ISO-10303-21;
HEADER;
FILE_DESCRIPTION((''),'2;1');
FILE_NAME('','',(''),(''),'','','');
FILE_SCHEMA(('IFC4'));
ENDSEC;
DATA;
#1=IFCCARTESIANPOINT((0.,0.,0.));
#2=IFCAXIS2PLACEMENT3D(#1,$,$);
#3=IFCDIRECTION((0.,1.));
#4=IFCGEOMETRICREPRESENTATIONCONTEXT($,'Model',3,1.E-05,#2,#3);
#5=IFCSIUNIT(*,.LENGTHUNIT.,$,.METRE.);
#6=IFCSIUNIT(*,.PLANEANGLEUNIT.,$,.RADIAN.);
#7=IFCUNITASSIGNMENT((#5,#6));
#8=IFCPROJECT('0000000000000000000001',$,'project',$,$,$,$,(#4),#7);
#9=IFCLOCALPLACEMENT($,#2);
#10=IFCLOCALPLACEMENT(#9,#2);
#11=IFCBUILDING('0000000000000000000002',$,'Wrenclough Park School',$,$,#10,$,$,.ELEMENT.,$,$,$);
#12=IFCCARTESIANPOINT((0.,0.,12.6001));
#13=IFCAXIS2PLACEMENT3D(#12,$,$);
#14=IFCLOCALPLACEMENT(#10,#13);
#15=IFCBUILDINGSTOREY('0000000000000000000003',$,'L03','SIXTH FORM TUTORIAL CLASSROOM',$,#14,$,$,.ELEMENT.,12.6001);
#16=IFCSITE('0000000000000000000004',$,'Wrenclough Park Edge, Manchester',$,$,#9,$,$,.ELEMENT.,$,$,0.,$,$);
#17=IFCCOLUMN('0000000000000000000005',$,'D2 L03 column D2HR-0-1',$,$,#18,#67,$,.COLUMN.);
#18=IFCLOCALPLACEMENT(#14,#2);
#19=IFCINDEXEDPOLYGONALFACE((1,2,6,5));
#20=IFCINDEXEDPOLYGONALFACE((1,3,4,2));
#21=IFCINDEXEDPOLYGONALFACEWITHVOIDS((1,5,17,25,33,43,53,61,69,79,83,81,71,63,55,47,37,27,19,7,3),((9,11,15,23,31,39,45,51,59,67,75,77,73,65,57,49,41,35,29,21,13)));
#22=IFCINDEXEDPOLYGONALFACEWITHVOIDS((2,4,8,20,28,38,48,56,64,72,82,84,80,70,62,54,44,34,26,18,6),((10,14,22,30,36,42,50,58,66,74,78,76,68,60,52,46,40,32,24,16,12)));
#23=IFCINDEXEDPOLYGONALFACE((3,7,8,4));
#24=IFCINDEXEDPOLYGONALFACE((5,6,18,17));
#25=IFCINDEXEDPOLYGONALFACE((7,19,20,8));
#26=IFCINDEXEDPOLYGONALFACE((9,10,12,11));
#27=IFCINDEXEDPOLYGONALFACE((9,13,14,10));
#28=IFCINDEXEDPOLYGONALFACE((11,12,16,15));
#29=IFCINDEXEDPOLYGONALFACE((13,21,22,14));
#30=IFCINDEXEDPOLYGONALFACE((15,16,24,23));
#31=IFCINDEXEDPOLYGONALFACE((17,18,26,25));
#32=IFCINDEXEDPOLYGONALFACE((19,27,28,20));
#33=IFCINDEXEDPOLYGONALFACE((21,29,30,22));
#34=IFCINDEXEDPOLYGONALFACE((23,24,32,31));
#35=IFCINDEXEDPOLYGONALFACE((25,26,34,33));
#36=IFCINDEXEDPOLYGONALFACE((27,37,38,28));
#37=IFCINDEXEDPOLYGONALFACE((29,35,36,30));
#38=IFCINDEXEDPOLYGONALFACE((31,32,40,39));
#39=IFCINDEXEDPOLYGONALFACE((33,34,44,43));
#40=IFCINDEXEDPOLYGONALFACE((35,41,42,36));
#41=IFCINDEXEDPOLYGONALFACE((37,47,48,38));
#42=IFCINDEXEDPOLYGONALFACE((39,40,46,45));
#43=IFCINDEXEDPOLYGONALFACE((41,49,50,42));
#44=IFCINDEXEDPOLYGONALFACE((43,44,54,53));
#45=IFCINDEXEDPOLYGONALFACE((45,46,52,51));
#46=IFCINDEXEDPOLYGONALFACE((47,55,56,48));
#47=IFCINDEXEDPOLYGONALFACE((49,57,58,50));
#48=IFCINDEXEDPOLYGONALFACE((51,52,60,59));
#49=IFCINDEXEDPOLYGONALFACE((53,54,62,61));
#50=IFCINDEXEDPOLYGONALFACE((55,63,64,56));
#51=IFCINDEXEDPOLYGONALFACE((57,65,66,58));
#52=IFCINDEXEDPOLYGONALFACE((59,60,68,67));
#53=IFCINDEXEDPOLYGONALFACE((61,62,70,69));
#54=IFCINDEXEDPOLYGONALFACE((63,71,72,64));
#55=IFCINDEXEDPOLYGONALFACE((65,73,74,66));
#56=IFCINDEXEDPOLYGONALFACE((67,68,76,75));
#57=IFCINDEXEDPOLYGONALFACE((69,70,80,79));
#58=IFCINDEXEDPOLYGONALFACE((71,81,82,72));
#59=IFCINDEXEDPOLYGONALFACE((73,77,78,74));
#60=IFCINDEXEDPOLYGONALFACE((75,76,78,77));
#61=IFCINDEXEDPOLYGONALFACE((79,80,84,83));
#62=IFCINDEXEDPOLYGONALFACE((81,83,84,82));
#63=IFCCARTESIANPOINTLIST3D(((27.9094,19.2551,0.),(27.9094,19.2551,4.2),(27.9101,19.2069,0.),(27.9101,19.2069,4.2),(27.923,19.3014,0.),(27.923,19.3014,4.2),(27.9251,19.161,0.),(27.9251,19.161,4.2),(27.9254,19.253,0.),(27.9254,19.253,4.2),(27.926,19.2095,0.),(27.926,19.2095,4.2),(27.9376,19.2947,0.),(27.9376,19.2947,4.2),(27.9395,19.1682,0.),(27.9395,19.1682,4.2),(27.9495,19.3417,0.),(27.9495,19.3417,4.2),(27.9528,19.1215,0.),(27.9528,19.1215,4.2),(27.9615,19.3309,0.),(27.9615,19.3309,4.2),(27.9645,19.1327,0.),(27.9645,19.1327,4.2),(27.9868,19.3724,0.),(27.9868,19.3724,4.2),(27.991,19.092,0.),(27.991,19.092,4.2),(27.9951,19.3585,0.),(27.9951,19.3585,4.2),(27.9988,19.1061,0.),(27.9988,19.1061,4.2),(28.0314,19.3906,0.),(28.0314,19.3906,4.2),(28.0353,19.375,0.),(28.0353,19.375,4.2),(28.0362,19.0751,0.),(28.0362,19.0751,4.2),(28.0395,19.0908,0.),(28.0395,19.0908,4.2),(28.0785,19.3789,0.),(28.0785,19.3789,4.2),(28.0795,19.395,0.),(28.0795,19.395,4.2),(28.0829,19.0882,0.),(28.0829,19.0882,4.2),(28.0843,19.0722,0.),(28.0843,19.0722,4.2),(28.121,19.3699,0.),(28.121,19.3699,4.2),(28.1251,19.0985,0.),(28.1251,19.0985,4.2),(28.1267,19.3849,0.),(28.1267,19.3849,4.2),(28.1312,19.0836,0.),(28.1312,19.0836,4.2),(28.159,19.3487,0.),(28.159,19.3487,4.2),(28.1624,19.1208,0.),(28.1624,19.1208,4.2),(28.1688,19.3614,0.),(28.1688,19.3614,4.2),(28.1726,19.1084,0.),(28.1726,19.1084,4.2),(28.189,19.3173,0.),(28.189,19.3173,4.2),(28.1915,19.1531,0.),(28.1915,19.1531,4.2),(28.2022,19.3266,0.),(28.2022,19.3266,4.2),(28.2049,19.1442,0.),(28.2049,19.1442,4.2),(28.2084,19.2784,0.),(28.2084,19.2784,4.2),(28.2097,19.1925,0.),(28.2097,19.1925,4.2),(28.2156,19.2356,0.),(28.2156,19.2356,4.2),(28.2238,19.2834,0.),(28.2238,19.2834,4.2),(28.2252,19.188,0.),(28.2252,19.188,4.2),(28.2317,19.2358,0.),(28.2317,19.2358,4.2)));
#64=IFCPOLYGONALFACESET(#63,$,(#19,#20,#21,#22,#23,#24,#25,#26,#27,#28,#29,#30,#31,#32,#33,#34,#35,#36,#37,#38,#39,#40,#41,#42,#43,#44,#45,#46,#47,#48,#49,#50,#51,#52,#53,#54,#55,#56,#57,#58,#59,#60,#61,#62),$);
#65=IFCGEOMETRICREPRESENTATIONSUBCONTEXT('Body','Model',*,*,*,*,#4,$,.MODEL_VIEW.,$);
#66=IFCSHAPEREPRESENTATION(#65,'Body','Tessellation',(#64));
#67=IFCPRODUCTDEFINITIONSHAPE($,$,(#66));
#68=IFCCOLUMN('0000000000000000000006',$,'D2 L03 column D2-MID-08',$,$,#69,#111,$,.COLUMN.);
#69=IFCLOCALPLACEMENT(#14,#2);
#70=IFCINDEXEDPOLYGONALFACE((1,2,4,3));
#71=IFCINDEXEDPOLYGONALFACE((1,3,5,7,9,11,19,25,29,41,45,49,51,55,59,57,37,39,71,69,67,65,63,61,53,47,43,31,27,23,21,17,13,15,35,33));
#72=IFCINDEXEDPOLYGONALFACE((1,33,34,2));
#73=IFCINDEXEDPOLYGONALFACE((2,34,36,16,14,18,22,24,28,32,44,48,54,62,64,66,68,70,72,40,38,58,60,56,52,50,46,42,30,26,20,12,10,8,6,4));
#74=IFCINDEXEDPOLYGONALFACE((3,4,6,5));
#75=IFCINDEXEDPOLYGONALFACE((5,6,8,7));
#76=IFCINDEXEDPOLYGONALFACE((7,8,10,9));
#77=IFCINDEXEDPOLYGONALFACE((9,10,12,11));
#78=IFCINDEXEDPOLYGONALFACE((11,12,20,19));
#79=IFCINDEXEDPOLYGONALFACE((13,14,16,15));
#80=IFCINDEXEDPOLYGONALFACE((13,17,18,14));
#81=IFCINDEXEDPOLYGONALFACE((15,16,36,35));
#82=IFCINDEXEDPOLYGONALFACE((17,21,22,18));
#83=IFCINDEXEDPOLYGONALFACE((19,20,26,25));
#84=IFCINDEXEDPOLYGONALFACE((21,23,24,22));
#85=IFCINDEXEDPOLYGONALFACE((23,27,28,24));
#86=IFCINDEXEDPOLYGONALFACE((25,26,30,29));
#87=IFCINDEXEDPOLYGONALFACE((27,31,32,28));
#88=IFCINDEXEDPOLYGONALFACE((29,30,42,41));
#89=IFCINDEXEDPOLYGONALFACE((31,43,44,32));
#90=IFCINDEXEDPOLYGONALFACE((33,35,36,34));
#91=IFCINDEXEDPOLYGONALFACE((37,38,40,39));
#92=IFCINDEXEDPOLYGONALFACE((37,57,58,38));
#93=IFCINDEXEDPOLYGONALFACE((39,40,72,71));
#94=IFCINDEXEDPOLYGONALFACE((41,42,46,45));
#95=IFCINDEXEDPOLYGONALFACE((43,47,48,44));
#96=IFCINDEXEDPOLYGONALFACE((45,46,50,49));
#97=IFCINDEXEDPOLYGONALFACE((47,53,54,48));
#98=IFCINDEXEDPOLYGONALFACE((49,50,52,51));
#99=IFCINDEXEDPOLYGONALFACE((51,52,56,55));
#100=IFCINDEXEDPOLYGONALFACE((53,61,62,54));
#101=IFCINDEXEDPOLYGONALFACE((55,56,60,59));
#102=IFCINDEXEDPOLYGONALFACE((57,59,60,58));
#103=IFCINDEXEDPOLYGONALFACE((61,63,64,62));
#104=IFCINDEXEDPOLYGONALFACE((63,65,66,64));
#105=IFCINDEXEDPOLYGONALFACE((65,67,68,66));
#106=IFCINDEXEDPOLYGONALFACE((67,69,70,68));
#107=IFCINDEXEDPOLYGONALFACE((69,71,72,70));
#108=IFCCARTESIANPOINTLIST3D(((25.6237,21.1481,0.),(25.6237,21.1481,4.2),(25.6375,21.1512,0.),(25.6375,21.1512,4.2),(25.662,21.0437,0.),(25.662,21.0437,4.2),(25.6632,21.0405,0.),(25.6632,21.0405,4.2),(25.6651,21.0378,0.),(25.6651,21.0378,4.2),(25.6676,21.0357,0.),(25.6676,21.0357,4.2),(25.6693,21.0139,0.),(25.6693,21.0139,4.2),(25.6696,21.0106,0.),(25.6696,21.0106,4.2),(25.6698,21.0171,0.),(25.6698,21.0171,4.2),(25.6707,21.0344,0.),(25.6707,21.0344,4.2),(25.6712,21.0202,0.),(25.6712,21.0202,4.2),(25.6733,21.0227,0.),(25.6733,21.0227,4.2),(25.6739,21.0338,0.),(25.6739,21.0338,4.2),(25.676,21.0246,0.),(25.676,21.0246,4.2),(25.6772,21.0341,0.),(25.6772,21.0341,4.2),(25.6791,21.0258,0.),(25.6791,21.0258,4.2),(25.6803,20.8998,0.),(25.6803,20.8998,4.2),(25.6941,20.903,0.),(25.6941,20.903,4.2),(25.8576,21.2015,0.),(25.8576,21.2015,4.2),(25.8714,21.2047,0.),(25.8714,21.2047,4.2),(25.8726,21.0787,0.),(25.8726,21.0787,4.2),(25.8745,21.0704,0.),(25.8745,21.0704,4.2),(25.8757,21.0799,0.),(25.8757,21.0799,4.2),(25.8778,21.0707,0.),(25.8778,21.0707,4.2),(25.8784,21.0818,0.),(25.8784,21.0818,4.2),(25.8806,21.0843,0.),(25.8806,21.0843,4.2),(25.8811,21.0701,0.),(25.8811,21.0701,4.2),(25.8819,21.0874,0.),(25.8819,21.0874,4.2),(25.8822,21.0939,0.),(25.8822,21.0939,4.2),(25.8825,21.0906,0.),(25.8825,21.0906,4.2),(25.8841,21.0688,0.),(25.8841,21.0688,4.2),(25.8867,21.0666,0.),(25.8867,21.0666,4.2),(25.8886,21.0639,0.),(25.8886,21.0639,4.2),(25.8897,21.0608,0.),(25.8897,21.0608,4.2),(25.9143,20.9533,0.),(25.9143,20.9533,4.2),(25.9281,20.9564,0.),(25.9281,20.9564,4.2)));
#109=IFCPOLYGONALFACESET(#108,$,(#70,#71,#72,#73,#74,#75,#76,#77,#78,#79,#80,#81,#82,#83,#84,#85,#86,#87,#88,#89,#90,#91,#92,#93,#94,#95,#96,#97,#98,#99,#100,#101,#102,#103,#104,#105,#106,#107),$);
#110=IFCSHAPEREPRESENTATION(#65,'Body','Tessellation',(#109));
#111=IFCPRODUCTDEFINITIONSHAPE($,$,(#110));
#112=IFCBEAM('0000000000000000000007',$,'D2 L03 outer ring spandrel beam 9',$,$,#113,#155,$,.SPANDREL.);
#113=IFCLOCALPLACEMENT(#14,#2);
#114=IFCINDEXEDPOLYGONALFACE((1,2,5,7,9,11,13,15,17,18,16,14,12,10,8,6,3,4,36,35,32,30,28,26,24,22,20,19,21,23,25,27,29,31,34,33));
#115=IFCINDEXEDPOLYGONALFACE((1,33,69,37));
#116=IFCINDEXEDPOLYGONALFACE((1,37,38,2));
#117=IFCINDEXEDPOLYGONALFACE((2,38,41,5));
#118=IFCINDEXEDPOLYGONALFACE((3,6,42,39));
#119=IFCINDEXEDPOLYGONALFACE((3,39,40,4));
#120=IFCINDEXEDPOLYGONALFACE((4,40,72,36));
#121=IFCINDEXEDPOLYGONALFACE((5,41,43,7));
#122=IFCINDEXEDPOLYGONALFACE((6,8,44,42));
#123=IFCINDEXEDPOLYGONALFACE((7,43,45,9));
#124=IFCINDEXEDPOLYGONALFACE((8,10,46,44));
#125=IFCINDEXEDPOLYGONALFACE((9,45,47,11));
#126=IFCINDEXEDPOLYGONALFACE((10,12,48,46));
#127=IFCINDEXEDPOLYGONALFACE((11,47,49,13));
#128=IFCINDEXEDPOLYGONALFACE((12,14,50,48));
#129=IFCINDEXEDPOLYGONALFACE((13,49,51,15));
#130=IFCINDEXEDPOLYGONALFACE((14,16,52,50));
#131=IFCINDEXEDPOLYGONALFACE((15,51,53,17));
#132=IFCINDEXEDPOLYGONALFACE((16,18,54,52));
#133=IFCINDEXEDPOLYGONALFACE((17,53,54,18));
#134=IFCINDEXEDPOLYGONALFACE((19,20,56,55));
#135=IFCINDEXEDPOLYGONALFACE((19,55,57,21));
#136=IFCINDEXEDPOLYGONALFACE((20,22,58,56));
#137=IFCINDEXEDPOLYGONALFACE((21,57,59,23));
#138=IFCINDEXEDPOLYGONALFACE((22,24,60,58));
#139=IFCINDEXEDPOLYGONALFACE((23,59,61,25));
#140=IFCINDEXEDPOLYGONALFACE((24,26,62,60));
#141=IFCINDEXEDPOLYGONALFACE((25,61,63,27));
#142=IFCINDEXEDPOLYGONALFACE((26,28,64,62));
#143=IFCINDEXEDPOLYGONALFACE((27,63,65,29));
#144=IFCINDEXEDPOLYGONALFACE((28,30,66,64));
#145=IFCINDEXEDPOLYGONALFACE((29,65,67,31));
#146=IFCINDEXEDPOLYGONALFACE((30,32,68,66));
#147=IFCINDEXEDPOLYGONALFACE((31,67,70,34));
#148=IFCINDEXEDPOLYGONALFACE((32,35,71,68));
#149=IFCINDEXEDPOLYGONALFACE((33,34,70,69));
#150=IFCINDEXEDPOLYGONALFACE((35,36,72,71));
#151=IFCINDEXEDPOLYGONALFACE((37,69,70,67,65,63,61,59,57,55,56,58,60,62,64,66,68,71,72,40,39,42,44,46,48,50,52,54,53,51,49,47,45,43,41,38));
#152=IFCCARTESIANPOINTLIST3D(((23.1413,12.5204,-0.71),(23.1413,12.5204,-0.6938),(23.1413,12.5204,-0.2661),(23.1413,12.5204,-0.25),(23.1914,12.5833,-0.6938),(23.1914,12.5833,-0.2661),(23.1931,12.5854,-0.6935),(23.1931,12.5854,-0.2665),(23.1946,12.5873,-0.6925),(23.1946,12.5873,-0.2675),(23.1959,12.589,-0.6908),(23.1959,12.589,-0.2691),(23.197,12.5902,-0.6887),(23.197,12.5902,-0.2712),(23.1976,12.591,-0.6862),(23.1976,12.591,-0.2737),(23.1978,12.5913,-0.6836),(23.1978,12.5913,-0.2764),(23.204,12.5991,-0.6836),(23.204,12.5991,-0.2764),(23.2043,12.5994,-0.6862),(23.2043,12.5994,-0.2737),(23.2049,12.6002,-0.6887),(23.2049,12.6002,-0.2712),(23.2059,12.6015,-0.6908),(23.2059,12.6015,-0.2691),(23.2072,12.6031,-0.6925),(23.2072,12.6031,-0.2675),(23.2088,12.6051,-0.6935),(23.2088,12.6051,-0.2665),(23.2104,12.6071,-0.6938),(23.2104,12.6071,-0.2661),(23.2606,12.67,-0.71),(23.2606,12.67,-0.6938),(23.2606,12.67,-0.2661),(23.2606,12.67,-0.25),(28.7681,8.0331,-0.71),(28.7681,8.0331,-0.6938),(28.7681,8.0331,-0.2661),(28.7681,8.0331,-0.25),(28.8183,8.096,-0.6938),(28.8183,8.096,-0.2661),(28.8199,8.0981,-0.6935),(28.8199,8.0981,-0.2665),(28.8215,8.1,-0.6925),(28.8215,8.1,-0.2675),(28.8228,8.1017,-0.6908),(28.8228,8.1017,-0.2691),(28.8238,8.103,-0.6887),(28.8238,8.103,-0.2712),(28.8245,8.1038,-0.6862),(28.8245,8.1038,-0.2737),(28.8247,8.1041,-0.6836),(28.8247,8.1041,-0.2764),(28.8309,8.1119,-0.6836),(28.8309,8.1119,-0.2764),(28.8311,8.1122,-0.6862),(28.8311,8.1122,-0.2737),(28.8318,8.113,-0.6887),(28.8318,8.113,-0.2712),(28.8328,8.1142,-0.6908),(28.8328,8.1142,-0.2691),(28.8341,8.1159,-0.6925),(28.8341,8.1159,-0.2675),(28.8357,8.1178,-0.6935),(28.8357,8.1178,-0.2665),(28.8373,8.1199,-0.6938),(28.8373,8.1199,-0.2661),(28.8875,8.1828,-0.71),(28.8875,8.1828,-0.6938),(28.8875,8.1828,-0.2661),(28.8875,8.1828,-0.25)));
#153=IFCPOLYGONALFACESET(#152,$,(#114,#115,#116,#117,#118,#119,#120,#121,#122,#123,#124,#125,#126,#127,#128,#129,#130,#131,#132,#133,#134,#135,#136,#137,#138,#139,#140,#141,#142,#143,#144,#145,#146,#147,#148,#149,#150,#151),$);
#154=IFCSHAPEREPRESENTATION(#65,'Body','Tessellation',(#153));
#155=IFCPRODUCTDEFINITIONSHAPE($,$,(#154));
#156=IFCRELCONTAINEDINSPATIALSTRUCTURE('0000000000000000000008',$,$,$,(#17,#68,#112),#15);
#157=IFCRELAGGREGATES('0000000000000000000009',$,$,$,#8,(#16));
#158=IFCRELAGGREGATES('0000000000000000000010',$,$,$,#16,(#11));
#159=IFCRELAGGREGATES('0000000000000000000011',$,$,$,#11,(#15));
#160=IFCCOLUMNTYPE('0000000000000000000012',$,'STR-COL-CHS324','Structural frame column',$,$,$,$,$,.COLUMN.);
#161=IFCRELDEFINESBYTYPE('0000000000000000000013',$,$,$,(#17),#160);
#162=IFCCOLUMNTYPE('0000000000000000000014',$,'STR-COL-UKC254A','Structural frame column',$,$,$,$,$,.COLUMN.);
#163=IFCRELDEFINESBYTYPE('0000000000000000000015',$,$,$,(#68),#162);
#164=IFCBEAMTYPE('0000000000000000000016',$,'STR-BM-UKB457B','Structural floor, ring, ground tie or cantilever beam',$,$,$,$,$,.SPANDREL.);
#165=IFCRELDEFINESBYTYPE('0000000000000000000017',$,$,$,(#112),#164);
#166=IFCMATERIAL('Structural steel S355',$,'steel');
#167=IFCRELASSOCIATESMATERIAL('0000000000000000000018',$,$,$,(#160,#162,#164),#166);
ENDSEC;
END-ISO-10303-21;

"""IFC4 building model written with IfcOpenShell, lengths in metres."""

from ifc_helpers import new_model, si_unit, direction, frame, origin, origin_2d, place, context, subcontext, project, spatial, hollow_circle, i_section, extrude, material, material_profile, profile_set, type_object, element, save


model = new_model("IFC4")

# Units and contexts
model_context = context("Model", 3, precision=1e-05, world=origin(), true_north=direction((0.0, 1.0)))
body_context = subcontext(model_context, "Body", "Model", "MODEL_VIEW")
ifc_project = project(units=[si_unit("LENGTHUNIT", "METRE"), si_unit("PLANEANGLEUNIT", "RADIAN")], contexts=[model_context])

# Site, building, storey
site_placement = place(None, origin())
site = spatial("IfcSite", under=ifc_project, at=site_placement, Name="Wrenclough Park Edge, Manchester", CompositionType="ELEMENT", RefElevation=0.0)
building_placement = place(site_placement, origin())
building = spatial("IfcBuilding", under=site, at=building_placement, Name="Wrenclough Park School", CompositionType="ELEMENT")
storey_placement = place(building_placement, frame((0.0, 0.0, 12.6001)))
storey = spatial("IfcBuildingStorey", under=building, at=storey_placement, Name="L03", Description="SIXTH FORM TUTORIAL CLASSROOM", CompositionType="ELEMENT", Elevation=12.6001)

# Columns
ifc_material_1 = material(Name="Structural steel S355", Category="steel")
ifc_material_profile_1 = material_profile(ifc_material_1, hollow_circle(Radius=0.1619, WallThickness=0.0161, at=origin_2d()), Name="CHS 323.9x16.0")
ifc_profile_set_1 = profile_set([ifc_material_profile_1], Name="Structural steel S355")
column_type_1 = type_object("IfcColumnType", Name="STR-COL-CHS324", Description="Structural frame column", PredefinedType="COLUMN", material=ifc_profile_set_1)
column_1_placement = place(storey_placement, frame((28.0698, 19.2334, 0.0), z_axis=(0.0, 0.0, 1.0), x_axis=(0.951057, 0.309017, 0.0)))
element("IfcColumn", 1, at=column_1_placement, inside=storey, type_object=column_type_1, Name="D2 L03 column D2HR-0-1", PredefinedType="COLUMN", context=body_context, shape_type="SweptSolid", body=[
    extrude(hollow_circle(Radius=0.1619, WallThickness=0.0161, at=origin_2d()), origin(), (0.0, 0.0, 1.0), 4.2),
])
ifc_material_profile_2 = material_profile(ifc_material_1, i_section(OverallWidth=0.2546, OverallDepth=0.2542, WebThickness=0.0085, FlangeThickness=0.0142, FilletRadius=0.0127, at=origin_2d()), Name="UKC 254x254x73")
ifc_profile_set_2 = profile_set([ifc_material_profile_2], Name="Structural steel S355")
column_type_2 = type_object("IfcColumnType", Name="STR-COL-UKC254A", Description="Structural frame column", PredefinedType="COLUMN", material=ifc_profile_set_2)
column_2_placement = place(storey_placement, frame((25.7759, 21.0522, 0.0), z_axis=(0.0, 0.0, 1.0), x_axis=(0.22257, -0.974917, 0.0)))
element("IfcColumn", 2, at=column_2_placement, inside=storey, type_object=column_type_2, Name="D2 L03 column D2-MID-08", PredefinedType="COLUMN", context=body_context, shape_type="SweptSolid", body=[
    extrude(i_section(OverallWidth=0.2546, OverallDepth=0.2542, WebThickness=0.0085, FlangeThickness=0.0142, FilletRadius=0.0127, at=origin_2d()), origin(), (0.0, 0.0, 1.0), 4.2),
])

# Beam
ifc_material_profile_3 = material_profile(ifc_material_1, i_section(OverallWidth=0.1914, OverallDepth=0.46, WebThickness=0.01, FlangeThickness=0.0161, FilletRadius=0.0103, at=origin_2d()), Name="UKB 457x191x82")
ifc_profile_set_3 = profile_set([ifc_material_profile_3], Name="Structural steel S355")
beam_type_1 = type_object("IfcBeamType", Name="STR-BM-UKB457B", Description="Structural floor, ring, ground tie or cantilever beam", PredefinedType="SPANDREL", material=ifc_profile_set_3)
beam_1_placement = place(storey_placement, frame((23.2009, 12.5952, -0.48), z_axis=(0.781834, -0.623486, 0.0), x_axis=(0.623486, 0.781834, 0.0)))
element("IfcBeam", 3, at=beam_1_placement, inside=storey, type_object=beam_type_1, Name="D2 L03 outer ring spandrel beam 9", PredefinedType="SPANDREL", context=body_context, shape_type="SweptSolid", body=[
    extrude(i_section(OverallWidth=0.1914, OverallDepth=0.46, WebThickness=0.01, FlangeThickness=0.0161, FilletRadius=0.0103, at=origin_2d()), origin(), (0.0, 0.0, 1.0), 7.197),
])

save(model, "model.ifc")
